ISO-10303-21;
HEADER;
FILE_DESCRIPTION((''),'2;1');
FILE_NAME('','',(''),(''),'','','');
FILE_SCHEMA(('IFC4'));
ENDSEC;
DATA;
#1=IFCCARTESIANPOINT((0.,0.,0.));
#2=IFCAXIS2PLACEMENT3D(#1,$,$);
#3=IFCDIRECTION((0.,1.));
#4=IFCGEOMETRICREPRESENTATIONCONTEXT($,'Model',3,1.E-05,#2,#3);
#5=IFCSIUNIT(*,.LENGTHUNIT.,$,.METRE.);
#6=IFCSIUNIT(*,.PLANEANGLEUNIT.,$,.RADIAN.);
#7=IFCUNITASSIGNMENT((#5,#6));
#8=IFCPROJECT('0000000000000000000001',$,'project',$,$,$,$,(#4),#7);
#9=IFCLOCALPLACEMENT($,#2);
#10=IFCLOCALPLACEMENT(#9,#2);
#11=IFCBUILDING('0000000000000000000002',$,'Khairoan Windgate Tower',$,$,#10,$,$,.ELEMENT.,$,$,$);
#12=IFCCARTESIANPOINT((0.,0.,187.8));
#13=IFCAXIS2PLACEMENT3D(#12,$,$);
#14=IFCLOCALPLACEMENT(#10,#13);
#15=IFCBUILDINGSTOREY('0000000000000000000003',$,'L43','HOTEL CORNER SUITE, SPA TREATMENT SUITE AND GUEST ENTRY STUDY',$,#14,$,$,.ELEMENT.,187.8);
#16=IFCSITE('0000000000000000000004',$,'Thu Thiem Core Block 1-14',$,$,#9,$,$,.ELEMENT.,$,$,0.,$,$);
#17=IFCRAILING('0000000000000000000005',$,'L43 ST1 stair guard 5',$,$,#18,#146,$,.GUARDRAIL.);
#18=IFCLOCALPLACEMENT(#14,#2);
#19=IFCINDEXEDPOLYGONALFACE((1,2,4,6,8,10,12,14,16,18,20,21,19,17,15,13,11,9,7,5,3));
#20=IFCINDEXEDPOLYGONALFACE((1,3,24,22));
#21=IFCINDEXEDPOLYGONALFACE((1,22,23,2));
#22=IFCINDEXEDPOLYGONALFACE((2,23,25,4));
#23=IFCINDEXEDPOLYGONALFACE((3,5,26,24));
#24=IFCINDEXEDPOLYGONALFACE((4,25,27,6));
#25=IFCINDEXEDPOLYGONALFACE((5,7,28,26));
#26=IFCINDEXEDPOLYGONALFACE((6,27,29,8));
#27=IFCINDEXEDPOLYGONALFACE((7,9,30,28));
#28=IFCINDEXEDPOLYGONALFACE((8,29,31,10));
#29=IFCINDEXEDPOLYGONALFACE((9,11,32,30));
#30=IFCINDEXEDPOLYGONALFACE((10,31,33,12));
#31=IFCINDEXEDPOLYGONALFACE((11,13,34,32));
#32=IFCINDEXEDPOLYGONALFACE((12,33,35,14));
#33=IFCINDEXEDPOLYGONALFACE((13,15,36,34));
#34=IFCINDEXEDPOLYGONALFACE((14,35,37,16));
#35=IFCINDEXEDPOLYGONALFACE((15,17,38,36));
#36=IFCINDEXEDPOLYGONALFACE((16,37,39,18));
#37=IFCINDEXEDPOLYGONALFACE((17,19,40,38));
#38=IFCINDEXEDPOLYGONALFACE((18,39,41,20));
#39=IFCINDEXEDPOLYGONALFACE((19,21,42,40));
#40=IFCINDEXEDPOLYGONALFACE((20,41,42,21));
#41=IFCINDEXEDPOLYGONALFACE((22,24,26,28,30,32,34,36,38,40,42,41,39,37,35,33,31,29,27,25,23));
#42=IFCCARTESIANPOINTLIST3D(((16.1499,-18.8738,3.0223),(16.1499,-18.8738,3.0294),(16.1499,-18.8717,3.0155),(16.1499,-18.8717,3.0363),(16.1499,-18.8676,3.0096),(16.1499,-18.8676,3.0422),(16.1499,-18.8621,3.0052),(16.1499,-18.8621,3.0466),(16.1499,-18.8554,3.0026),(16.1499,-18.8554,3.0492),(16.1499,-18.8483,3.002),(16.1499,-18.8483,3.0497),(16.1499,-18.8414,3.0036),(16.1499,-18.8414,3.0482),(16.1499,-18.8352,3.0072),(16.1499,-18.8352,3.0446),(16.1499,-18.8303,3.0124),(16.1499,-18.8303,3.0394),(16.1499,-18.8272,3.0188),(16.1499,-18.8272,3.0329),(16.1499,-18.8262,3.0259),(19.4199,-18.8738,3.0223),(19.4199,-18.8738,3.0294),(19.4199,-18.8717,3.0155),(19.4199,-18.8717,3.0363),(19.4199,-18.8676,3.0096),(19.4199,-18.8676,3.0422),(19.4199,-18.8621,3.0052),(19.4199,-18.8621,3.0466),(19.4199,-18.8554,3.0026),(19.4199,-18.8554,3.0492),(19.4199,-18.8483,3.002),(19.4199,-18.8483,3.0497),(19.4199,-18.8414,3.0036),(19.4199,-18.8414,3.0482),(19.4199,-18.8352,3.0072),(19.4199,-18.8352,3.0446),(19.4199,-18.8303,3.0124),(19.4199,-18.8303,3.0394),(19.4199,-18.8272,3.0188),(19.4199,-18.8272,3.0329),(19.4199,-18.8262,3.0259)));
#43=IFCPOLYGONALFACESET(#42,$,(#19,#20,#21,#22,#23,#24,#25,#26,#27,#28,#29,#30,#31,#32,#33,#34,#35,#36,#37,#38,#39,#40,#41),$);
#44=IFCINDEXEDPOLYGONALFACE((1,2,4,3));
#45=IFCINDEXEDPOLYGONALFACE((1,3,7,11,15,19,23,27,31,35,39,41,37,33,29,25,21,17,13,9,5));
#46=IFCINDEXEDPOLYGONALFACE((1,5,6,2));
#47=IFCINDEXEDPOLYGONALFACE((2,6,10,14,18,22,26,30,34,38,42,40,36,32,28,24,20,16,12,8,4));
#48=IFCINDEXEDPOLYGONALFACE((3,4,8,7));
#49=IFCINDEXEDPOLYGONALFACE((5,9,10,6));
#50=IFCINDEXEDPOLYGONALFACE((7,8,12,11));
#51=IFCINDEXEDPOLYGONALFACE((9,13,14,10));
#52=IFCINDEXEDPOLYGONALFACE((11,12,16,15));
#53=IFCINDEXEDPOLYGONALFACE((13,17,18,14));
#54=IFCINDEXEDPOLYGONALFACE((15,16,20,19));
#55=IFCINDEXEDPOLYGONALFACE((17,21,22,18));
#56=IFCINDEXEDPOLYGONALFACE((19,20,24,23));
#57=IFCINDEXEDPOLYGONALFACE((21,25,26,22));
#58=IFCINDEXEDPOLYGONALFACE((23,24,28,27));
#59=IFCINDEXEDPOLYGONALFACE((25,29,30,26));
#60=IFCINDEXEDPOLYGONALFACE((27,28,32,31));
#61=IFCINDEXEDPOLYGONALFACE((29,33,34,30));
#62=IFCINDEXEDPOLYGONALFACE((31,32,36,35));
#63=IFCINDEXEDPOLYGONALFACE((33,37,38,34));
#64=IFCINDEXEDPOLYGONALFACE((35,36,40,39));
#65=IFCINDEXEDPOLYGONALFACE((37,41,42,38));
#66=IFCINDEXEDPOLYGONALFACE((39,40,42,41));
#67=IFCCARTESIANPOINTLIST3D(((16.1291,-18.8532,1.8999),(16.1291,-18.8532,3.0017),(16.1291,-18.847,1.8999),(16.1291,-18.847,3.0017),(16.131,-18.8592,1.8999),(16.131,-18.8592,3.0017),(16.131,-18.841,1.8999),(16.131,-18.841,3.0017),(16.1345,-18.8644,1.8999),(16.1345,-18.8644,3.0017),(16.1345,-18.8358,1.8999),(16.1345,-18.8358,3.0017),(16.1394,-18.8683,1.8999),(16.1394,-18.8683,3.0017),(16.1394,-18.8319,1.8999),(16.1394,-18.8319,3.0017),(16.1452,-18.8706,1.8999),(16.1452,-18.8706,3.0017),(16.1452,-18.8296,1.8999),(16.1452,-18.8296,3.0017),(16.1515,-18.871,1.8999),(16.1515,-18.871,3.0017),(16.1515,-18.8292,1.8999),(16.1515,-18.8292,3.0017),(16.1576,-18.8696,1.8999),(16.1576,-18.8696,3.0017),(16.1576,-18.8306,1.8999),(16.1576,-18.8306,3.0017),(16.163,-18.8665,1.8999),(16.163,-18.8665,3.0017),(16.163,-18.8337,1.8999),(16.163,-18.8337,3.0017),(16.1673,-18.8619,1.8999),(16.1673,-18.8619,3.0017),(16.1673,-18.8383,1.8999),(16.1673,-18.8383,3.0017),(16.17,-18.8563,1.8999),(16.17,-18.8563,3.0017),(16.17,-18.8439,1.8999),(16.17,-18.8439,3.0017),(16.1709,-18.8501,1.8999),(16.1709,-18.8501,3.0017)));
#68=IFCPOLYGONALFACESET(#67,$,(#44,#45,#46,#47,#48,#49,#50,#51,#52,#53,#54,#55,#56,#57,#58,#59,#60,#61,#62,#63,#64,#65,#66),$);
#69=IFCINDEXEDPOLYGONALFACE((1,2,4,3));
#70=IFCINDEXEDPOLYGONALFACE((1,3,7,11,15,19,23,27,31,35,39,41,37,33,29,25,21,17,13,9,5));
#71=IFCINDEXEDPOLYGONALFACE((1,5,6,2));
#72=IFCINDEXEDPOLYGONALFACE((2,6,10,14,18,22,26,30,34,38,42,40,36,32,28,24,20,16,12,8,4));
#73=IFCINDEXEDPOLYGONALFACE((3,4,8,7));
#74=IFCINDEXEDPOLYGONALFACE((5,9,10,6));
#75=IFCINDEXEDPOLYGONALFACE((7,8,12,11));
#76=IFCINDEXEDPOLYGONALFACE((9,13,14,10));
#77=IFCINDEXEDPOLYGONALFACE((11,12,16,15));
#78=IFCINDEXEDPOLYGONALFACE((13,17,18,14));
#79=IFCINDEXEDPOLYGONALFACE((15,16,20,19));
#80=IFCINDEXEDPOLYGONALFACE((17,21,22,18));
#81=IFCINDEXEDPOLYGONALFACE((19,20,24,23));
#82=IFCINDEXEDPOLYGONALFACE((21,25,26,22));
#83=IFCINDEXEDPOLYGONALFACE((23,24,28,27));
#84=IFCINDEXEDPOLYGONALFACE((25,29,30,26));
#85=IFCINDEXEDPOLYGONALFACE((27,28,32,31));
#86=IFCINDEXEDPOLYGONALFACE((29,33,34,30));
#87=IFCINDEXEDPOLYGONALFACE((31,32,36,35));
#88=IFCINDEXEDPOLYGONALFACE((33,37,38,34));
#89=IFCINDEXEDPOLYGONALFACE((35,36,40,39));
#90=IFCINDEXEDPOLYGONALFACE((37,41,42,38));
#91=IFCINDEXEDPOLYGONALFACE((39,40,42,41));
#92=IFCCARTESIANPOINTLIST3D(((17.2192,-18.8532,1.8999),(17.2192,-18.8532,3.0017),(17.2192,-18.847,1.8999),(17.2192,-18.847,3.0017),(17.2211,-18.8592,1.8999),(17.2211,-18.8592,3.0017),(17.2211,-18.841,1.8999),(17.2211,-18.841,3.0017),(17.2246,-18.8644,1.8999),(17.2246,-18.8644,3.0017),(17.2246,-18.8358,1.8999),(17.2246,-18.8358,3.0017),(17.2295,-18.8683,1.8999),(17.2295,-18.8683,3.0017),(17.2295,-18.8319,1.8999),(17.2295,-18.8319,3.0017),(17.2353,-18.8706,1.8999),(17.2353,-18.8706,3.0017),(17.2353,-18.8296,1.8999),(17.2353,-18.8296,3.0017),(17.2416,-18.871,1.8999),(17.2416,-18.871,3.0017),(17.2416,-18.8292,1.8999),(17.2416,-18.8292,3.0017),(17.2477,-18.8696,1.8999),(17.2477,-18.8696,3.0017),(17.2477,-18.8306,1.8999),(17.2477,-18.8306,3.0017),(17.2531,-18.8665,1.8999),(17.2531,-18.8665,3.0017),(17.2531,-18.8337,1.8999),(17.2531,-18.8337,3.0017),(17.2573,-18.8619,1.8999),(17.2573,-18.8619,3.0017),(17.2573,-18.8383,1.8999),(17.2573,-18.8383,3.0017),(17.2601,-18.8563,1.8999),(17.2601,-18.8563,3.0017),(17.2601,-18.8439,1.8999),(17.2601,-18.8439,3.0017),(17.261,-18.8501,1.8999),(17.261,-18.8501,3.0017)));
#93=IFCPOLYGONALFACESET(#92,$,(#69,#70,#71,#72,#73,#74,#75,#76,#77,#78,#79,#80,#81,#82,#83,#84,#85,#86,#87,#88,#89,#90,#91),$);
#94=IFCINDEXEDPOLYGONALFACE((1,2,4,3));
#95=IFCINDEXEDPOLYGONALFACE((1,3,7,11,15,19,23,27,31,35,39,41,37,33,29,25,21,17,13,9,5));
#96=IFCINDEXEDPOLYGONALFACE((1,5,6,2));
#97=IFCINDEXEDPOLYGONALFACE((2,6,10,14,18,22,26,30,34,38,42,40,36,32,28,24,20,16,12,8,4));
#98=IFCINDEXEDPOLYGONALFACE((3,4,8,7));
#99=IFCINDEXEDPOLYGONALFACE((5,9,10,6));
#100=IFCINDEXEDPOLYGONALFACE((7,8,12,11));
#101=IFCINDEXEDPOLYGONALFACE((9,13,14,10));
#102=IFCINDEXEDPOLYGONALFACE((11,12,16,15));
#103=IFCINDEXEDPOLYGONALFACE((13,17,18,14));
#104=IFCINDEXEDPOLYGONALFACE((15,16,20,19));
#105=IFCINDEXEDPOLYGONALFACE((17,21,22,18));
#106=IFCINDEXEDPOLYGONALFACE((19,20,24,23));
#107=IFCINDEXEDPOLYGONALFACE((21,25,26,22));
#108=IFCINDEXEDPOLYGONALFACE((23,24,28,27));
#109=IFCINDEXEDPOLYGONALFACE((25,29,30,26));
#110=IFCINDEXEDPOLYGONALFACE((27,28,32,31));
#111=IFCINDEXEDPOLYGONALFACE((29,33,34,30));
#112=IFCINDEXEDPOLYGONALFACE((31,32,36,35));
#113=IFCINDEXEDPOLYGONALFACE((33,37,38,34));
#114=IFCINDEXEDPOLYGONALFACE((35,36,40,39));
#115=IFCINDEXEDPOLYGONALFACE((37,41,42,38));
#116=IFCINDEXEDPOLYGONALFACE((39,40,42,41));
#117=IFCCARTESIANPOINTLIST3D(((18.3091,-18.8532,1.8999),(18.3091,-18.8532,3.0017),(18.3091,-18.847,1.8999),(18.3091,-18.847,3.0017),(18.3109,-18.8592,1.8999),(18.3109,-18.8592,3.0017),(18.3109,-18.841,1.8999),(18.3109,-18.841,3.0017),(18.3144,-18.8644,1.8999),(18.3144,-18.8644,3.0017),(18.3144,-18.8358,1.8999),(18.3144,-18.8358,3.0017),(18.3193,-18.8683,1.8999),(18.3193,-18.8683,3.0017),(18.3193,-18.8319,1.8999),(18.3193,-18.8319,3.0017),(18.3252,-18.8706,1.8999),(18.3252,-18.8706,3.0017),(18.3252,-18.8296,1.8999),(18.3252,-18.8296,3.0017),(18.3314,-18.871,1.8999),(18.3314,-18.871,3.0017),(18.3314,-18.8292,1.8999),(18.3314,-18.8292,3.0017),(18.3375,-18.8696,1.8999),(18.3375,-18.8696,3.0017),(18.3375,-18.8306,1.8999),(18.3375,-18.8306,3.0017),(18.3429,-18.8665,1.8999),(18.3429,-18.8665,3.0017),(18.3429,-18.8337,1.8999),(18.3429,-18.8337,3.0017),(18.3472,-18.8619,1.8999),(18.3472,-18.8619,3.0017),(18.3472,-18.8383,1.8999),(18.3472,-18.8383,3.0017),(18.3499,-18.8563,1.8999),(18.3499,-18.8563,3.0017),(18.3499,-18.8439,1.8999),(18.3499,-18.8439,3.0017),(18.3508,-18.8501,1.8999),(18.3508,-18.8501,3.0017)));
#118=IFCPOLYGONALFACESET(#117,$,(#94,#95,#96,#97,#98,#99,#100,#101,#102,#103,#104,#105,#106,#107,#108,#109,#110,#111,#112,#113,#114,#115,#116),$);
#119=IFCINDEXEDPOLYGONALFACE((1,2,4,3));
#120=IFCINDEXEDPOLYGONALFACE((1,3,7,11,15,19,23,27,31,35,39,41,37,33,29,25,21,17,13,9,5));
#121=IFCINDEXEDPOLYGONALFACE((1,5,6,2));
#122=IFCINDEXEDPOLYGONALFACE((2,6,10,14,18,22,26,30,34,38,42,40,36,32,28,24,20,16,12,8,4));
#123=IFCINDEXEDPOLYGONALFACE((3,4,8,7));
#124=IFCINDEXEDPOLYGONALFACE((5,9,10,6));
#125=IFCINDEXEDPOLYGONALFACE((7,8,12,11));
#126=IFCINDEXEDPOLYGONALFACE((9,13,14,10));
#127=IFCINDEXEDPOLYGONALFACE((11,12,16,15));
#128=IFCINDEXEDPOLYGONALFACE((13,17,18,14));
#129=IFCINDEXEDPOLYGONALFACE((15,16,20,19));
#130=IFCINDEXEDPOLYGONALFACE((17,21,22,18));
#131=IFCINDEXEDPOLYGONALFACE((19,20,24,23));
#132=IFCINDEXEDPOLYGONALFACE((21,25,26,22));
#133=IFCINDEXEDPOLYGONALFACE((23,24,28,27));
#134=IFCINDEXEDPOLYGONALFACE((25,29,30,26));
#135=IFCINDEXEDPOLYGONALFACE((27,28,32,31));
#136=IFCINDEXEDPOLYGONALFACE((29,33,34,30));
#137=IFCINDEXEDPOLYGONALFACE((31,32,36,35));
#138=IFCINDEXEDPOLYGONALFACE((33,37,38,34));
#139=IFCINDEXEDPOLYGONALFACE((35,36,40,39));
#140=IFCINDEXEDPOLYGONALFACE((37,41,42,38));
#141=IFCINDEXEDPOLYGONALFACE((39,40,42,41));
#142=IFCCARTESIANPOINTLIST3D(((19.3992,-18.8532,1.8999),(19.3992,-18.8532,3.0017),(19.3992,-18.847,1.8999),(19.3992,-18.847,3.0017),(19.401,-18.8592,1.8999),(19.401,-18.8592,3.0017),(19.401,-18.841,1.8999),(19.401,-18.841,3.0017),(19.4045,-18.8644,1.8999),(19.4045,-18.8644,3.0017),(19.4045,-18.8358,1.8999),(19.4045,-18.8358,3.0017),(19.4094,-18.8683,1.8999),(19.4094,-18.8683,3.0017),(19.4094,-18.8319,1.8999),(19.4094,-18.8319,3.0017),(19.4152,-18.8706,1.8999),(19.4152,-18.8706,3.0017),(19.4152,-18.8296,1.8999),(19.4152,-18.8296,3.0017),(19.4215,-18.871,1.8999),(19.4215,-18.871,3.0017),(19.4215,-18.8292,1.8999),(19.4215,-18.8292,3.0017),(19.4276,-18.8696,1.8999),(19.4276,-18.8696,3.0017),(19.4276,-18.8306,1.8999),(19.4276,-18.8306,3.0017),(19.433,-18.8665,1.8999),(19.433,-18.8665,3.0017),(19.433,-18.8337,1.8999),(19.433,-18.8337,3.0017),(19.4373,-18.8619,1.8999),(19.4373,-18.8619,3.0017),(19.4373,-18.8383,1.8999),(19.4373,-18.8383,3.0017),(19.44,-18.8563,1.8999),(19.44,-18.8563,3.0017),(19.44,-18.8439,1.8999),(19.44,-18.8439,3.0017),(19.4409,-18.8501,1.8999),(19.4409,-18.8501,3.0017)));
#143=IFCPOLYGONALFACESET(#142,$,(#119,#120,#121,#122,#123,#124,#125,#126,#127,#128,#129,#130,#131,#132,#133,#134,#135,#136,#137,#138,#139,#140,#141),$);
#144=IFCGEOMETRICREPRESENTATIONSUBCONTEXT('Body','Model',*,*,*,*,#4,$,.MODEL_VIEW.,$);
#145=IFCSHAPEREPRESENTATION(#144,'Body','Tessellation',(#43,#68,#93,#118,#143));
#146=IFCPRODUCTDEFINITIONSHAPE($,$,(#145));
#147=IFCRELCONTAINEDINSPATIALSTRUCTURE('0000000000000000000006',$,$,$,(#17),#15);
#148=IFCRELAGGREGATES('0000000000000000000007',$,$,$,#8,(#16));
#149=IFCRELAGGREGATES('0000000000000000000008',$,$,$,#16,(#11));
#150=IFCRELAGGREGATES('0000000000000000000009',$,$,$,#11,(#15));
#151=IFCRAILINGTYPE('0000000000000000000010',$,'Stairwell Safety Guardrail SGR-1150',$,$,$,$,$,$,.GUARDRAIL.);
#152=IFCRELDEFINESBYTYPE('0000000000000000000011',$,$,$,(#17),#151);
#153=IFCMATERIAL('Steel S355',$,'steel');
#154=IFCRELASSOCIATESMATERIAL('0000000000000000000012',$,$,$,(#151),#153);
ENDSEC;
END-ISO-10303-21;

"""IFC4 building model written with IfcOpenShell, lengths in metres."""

from ifc_helpers import new_model, si_unit, direction, frame, origin, origin_2d, place, context, subcontext, project, spatial, circle, extrude, material, type_object, element, save


model = new_model("IFC4")

# Units and contexts
model_context = context("Model", 3, precision=1e-05, world=origin(), true_north=direction((0.0, 1.0)))
body_context = subcontext(model_context, "Body", "Model", "MODEL_VIEW")
ifc_project = project(units=[si_unit("LENGTHUNIT", "METRE"), si_unit("PLANEANGLEUNIT", "RADIAN")], contexts=[model_context])

# Site, building, storey
site_placement = place(None, origin())
site = spatial("IfcSite", under=ifc_project, at=site_placement, Name="Thu Thiem Core Block 1-14", CompositionType="ELEMENT", RefElevation=0.0)
building_placement = place(site_placement, origin())
building = spatial("IfcBuilding", under=site, at=building_placement, Name="Khairoan Windgate Tower", CompositionType="ELEMENT")
storey_placement = place(building_placement, frame((0.0, 0.0, 187.8)))
storey = spatial("IfcBuildingStorey", under=building, at=storey_placement, Name="L43", Description="HOTEL CORNER SUITE, SPA TREATMENT SUITE AND GUEST ENTRY STUDY", CompositionType="ELEMENT", Elevation=187.8)

# Railing
ifc_material_1 = material(Name="Steel S355", Category="steel")
railing_type = type_object("IfcRailingType", Name="Stairwell Safety Guardrail SGR-1150", PredefinedType="GUARDRAIL", material=ifc_material_1)
railing_1_placement = place(storey_placement, frame((16.1499, -18.8501, 1.8999)))
element("IfcRailing", 1, at=railing_1_placement, inside=storey, type_object=railing_type, Name="L43 ST1 stair guard 5", PredefinedType="GUARDRAIL", context=body_context, shape_type="SweptSolid", body=[
    extrude(circle(Radius=0.0239, at=origin_2d()), frame((0.0, 0.0, 1.126), z_axis=(1.0, 0.0, 0.0), x_axis=(0.0, 1.0, 0.0)), (0.0, 0.0, 1.0), 3.27),
    extrude(circle(Radius=0.021, at=origin_2d()), origin(), (0.0, 0.0, 1.0), 1.1018),
    extrude(circle(Radius=0.021, at=origin_2d()), frame((1.0901, 0.0, 0.0)), (0.0, 0.0, 1.0), 1.1018),
    extrude(circle(Radius=0.021, at=origin_2d()), frame((2.1799, 0.0, 0.0)), (0.0, 0.0, 1.0), 1.1018),
    extrude(circle(Radius=0.021, at=origin_2d()), frame((3.27, 0.0, 0.0)), (0.0, 0.0, 1.0), 1.1018),
])

save(model, "model.ifc")
